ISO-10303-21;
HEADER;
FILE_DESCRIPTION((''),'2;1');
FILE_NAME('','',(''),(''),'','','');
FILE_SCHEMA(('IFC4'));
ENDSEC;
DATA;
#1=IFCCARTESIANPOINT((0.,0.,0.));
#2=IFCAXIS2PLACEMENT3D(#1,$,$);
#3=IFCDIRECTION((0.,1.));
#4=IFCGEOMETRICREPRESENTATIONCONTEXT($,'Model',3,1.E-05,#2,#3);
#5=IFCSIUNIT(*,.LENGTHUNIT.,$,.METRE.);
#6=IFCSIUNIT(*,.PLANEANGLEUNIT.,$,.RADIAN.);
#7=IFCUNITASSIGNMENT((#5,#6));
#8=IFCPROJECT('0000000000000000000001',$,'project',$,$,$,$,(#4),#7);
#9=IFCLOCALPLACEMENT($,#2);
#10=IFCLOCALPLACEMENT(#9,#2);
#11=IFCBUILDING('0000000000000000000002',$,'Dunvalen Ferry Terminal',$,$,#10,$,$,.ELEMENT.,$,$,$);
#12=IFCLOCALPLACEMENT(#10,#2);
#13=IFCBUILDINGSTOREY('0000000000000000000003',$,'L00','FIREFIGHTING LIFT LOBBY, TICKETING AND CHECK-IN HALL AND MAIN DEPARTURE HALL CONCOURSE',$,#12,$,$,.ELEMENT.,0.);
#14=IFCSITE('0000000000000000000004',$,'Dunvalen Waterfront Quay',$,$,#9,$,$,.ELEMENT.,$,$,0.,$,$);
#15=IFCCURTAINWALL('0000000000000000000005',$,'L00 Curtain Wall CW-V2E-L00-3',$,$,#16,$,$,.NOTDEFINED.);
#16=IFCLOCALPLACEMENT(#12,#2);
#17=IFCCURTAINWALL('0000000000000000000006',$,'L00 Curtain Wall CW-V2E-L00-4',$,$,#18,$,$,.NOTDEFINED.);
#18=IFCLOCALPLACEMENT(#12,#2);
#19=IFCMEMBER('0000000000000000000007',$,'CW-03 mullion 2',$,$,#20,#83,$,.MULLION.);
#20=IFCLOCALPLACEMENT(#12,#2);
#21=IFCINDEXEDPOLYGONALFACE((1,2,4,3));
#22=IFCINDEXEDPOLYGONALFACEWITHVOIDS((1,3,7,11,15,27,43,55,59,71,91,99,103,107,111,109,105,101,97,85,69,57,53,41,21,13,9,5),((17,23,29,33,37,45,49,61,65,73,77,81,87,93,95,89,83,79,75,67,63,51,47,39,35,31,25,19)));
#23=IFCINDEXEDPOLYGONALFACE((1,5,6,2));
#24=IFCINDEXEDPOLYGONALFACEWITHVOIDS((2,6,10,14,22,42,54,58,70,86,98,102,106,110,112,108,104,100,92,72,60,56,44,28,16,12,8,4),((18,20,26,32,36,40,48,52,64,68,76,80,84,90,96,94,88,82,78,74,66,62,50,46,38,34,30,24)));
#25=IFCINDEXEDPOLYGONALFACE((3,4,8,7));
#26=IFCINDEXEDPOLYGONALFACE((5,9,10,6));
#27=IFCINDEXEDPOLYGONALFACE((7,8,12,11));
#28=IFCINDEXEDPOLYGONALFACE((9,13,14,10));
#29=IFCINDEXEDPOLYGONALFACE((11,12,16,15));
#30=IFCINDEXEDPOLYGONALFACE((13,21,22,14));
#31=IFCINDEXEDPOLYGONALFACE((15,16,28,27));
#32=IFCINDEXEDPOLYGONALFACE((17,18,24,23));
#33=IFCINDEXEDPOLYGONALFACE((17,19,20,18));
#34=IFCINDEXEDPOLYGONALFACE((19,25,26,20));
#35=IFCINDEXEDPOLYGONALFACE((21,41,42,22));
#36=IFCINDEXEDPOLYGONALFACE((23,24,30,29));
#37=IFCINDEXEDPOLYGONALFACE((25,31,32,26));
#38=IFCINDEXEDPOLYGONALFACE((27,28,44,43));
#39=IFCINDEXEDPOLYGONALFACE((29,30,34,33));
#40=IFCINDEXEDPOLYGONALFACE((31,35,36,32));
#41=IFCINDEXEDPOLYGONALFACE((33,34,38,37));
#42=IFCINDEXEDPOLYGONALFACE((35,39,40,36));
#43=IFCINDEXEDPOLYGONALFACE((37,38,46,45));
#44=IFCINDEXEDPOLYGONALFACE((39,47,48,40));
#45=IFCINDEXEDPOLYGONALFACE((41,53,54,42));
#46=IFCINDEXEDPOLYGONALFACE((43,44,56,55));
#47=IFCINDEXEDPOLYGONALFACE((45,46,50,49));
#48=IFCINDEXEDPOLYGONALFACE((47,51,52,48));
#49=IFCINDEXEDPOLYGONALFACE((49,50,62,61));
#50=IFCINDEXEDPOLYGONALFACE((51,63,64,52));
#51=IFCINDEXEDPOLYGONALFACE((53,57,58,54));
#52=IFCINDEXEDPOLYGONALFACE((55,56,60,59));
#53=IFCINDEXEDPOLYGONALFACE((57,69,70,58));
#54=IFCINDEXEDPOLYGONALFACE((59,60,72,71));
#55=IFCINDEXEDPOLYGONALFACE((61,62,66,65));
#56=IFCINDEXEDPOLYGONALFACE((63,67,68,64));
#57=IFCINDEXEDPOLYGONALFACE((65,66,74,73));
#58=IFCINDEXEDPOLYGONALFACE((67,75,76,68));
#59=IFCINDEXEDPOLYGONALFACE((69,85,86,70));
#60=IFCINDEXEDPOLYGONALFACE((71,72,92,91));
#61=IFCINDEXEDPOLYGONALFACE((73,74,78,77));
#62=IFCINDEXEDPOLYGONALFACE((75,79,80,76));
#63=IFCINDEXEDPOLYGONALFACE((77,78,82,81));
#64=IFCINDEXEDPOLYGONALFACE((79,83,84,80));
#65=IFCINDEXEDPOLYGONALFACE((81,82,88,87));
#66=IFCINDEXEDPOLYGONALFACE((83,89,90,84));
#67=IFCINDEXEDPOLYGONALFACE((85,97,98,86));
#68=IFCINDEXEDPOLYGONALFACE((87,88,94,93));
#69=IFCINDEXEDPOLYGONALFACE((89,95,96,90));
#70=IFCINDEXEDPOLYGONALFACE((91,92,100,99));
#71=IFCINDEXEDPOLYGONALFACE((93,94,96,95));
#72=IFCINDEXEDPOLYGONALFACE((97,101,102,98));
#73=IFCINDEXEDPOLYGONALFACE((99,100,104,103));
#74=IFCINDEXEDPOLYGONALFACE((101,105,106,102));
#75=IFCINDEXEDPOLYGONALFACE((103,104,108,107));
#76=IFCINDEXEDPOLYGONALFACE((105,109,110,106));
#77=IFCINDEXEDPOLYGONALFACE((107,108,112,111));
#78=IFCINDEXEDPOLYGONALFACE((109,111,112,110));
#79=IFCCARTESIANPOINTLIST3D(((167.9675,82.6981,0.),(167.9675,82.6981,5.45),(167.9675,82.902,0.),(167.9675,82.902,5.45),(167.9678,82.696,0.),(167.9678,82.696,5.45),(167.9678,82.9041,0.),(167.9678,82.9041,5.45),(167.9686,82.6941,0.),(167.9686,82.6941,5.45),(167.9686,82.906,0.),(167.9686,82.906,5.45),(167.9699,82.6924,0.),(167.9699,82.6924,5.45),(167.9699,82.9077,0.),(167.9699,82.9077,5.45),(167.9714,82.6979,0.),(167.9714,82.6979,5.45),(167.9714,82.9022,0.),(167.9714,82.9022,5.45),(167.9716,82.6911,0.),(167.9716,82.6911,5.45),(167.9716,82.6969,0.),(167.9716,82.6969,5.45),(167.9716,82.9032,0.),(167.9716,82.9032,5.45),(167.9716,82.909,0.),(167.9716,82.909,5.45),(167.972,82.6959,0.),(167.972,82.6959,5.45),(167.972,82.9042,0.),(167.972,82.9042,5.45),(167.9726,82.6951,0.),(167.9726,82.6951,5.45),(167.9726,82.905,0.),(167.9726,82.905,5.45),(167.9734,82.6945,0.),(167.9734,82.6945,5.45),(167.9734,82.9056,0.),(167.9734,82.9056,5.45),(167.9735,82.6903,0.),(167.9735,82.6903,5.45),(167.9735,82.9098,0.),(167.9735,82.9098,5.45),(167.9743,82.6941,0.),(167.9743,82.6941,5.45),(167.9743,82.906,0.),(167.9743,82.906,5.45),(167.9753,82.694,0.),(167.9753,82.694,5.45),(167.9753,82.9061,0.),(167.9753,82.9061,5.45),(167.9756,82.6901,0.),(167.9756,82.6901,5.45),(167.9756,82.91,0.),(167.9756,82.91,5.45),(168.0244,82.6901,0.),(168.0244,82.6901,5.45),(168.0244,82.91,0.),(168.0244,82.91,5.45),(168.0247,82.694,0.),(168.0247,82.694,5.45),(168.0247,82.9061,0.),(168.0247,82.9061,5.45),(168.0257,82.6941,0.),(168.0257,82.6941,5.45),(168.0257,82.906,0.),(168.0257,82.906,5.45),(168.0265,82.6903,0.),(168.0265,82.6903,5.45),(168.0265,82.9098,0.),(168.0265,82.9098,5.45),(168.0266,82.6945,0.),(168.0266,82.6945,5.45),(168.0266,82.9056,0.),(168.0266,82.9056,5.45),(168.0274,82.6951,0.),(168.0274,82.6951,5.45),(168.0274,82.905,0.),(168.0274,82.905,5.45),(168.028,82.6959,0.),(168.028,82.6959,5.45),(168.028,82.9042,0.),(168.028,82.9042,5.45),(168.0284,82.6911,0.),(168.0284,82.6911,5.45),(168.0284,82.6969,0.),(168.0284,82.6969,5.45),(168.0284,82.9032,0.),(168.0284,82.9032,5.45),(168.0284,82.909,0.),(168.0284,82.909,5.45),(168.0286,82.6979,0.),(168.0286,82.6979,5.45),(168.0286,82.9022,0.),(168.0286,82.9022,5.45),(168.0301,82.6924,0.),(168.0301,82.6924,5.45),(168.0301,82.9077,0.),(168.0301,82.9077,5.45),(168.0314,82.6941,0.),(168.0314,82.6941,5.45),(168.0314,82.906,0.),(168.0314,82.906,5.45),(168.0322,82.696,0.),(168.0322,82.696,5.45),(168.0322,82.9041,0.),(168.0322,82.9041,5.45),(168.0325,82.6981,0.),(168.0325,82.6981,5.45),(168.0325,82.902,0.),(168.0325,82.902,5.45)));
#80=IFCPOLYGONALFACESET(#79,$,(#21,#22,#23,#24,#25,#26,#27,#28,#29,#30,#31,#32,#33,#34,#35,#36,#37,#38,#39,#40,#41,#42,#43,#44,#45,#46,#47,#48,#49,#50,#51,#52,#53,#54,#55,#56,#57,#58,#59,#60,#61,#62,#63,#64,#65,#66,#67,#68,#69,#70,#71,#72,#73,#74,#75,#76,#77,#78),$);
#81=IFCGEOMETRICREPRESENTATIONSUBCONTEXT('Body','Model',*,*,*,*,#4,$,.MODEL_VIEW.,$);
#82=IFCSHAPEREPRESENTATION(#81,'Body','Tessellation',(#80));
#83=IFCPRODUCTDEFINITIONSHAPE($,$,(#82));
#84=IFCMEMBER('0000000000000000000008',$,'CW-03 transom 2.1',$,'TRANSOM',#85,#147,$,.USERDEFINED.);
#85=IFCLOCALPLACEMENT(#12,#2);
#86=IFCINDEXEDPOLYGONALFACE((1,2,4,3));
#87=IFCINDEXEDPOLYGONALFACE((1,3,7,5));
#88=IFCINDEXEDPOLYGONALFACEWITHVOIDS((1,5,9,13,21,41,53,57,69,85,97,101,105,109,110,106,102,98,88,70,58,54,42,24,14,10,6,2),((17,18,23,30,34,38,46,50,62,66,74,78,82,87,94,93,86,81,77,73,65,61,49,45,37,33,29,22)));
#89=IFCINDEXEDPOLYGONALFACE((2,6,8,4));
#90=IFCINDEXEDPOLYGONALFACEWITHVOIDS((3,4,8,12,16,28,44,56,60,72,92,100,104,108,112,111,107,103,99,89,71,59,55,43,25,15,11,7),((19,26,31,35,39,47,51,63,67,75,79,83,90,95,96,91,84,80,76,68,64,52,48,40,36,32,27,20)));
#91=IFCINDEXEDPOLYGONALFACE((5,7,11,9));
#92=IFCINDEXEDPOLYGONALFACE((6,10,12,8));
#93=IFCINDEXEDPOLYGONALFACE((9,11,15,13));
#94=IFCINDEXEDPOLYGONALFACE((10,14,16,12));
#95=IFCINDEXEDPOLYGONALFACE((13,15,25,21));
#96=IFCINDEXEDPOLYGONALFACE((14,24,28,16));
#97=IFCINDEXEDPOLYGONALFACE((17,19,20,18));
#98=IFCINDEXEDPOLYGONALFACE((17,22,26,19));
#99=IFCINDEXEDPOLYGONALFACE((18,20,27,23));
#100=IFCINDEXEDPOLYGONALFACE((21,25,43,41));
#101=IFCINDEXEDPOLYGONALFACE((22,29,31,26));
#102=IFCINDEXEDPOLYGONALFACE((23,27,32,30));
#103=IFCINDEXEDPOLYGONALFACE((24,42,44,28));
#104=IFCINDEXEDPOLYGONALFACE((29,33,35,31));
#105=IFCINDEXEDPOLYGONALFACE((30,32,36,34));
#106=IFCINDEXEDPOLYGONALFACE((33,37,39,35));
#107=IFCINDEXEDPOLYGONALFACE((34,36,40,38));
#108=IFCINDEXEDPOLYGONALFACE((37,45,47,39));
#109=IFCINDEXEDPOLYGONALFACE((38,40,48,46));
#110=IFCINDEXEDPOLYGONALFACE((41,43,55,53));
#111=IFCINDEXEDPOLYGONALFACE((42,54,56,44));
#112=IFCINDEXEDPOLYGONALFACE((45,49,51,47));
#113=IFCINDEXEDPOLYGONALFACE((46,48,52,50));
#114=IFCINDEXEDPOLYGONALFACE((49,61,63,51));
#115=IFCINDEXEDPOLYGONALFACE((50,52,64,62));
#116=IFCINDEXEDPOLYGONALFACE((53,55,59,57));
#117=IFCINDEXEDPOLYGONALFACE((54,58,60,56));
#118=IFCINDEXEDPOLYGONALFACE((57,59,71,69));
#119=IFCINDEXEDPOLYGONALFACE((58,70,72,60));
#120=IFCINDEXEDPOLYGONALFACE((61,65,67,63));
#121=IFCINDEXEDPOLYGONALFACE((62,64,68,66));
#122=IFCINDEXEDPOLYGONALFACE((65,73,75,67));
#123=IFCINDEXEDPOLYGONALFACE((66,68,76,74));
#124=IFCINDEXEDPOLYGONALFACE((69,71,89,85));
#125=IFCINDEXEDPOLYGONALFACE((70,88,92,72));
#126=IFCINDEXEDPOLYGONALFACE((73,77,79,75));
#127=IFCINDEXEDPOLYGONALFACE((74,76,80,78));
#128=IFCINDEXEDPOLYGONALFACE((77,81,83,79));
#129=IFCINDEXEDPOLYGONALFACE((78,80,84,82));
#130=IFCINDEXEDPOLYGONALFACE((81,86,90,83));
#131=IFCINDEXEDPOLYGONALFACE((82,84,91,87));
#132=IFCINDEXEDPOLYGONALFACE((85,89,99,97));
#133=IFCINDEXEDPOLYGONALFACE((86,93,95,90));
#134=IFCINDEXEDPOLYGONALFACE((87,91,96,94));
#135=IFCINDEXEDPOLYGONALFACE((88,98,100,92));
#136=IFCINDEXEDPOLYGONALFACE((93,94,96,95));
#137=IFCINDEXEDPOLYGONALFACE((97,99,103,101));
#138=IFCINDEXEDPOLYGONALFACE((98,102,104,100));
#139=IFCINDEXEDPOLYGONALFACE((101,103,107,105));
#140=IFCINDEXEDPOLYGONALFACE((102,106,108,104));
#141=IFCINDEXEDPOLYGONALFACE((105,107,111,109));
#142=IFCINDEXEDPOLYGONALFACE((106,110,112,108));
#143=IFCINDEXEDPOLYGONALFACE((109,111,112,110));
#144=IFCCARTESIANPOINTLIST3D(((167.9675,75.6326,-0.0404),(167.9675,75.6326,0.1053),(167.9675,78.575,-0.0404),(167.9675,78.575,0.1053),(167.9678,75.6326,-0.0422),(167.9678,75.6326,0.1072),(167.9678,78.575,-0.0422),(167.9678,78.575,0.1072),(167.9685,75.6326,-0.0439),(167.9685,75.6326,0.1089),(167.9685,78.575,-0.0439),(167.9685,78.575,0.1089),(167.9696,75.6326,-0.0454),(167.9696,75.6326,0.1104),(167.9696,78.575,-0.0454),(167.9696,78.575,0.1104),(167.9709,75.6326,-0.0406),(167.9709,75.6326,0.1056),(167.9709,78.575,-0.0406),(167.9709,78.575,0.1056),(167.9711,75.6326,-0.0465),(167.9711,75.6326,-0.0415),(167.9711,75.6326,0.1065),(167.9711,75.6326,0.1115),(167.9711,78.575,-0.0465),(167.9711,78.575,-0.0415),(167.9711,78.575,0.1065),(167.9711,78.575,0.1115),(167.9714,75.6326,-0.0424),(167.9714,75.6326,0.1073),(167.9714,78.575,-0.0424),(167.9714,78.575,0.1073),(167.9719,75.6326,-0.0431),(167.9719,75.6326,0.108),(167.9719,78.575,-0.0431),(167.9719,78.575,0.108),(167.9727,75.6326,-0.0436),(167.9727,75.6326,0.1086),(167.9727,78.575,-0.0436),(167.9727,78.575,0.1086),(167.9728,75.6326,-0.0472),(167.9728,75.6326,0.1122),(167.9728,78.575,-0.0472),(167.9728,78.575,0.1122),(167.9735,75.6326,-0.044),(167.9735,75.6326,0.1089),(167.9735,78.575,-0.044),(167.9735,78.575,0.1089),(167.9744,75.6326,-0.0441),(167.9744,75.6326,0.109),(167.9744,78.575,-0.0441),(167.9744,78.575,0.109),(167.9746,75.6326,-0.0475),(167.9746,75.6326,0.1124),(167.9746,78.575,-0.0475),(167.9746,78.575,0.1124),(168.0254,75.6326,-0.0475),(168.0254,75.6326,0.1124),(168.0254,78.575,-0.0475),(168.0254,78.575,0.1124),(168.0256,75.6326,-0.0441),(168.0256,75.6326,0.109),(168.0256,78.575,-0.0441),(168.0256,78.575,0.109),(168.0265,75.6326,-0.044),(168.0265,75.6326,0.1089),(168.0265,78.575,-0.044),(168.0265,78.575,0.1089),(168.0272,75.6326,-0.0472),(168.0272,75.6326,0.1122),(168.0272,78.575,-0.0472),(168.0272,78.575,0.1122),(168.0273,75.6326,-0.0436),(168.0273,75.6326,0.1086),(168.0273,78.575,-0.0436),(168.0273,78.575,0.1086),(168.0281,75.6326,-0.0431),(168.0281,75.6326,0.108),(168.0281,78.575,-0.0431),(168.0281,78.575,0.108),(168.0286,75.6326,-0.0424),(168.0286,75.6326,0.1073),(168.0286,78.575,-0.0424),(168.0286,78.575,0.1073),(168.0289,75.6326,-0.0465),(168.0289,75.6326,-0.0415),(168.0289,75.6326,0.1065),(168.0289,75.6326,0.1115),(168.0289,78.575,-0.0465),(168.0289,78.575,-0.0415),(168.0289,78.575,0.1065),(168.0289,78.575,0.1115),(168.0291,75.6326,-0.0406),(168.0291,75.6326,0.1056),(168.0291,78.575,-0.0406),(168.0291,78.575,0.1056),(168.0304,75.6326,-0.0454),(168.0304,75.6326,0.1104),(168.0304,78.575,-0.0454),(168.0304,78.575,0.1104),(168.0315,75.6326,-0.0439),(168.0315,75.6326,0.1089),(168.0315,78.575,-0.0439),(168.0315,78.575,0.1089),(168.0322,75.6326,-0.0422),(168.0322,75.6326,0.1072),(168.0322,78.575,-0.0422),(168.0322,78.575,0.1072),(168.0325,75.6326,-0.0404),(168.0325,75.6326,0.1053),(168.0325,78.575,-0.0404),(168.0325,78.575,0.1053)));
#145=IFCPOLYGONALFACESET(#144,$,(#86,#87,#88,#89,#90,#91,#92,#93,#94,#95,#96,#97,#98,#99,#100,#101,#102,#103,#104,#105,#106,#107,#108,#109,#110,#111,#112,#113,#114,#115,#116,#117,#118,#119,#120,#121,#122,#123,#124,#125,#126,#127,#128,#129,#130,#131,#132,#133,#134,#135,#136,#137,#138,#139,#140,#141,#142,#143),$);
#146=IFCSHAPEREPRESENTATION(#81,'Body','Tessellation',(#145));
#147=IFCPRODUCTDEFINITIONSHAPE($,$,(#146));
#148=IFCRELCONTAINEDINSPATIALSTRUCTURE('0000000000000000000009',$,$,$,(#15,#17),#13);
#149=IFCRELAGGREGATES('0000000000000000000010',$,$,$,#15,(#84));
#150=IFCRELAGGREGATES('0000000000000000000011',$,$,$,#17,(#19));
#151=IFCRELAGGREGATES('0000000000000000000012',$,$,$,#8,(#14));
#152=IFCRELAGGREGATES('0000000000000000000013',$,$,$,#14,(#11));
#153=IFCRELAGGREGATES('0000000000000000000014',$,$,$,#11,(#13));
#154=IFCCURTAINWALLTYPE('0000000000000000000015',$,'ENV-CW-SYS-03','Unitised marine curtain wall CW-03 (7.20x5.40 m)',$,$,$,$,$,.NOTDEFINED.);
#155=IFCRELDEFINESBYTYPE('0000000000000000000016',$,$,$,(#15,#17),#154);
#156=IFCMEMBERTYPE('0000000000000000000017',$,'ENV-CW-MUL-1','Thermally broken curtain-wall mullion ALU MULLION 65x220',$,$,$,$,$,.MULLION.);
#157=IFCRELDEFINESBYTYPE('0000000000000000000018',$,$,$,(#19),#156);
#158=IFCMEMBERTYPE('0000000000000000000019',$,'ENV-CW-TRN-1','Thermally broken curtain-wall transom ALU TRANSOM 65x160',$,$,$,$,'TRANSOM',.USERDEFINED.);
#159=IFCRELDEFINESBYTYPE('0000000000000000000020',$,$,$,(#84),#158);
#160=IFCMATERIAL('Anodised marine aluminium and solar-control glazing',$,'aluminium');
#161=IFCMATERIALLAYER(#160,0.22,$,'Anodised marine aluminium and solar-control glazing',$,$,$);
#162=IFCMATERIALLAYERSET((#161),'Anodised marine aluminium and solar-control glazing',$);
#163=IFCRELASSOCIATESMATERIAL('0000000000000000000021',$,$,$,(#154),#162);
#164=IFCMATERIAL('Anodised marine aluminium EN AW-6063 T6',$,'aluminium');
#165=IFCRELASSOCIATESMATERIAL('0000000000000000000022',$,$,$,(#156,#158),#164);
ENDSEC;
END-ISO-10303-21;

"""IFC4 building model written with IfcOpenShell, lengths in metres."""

from ifc_helpers import new_model, si_unit, direction, frame, origin, origin_2d, place, context, subcontext, project, spatial, hollow_rectangle, extrude, material, layer, layer_set, material_profile, profile_set, type_object, element, aggregate, save


model = new_model("IFC4")

# Units and contexts
model_context = context("Model", 3, precision=1e-05, world=origin(), true_north=direction((0.0, 1.0)))
body_context = subcontext(model_context, "Body", "Model", "MODEL_VIEW")
ifc_project = project(units=[si_unit("LENGTHUNIT", "METRE"), si_unit("PLANEANGLEUNIT", "RADIAN")], contexts=[model_context])

# Site, building, storey
site_placement = place(None, origin())
site = spatial("IfcSite", under=ifc_project, at=site_placement, Name="Dunvalen Waterfront Quay", CompositionType="ELEMENT", RefElevation=0.0)
building_placement = place(site_placement, origin())
building = spatial("IfcBuilding", under=site, at=building_placement, Name="Dunvalen Ferry Terminal", CompositionType="ELEMENT")
storey_placement = place(building_placement, origin())
storey = spatial("IfcBuildingStorey", under=building, at=storey_placement, Name="L00", Description="FIREFIGHTING LIFT LOBBY, TICKETING AND CHECK-IN HALL AND MAIN DEPARTURE HALL CONCOURSE", CompositionType="ELEMENT", Elevation=0.0)

# Curtain walls, member
ifc_material_1 = material(Name="Anodised marine aluminium and solar-control glazing", Category="aluminium")
ifc_layer_1 = layer(ifc_material_1, 0.22, Name="Anodised marine aluminium and solar-control glazing")
ifc_layer_set_1 = layer_set([ifc_layer_1], Name="Anodised marine aluminium and solar-control glazing")
curtain_wall_type = type_object("IfcCurtainWallType", Name="ENV-CW-SYS-03", Description="Unitised marine curtain wall CW-03 (7.20x5.40 m)", PredefinedType="NOTDEFINED", material=ifc_layer_set_1)
curtain_wall_1_placement = place(storey_placement, origin())
curtain_wall_1 = element("IfcCurtainWall", 1, at=curtain_wall_1_placement, inside=storey, type_object=curtain_wall_type, Name="L00 Curtain Wall CW-V2E-L00-3", PredefinedType="NOTDEFINED")
ifc_material_2 = material(Name="Anodised marine aluminium EN AW-6063 T6", Category="aluminium")
ifc_material_profile_1 = material_profile(ifc_material_2, hollow_rectangle(XDim=0.0649, YDim=0.22, WallThickness=0.0039, InnerFilletRadius=0.0039, OuterFilletRadius=0.0081, at=origin_2d()), Name="Anodised marine aluminium EN AW-6063 T6")
ifc_profile_set_1 = profile_set([ifc_material_profile_1], Name="Anodised marine aluminium EN AW-6063 T6")
member_type_1 = type_object("IfcMemberType", Name="ENV-CW-MUL-1", Description="Thermally broken curtain-wall mullion ALU MULLION 65x220", PredefinedType="MULLION", material=ifc_profile_set_1)
curtain_wall_2_placement = place(storey_placement, origin())
curtain_wall_2 = element("IfcCurtainWall", 2, at=curtain_wall_2_placement, inside=storey, type_object=curtain_wall_type, Name="L00 Curtain Wall CW-V2E-L00-4", PredefinedType="NOTDEFINED")
member_1_placement = place(storey_placement, frame((168.0, 82.8, 0.0), z_axis=(0.0, 0.0, 1.0), x_axis=(-1.0, 0.0, 0.0)))
member_1 = element("IfcMember", 3, at=member_1_placement, type_object=member_type_1, Name="CW-03 mullion 2", PredefinedType="MULLION", context=body_context, shape_type="SweptSolid", body=[
    extrude(hollow_rectangle(XDim=0.0649, YDim=0.22, WallThickness=0.0039, InnerFilletRadius=0.0039, OuterFilletRadius=0.0081, at=origin_2d()), origin(), (0.0, 0.0, 1.0), 5.45),
])

# Member
ifc_material_profile_2 = material_profile(ifc_material_2, hollow_rectangle(XDim=0.0649, YDim=0.1599, WallThickness=0.0034, InnerFilletRadius=0.0034, OuterFilletRadius=0.0071, at=origin_2d()), Name="Anodised marine aluminium EN AW-6063 T6")
ifc_profile_set_2 = profile_set([ifc_material_profile_2], Name="Anodised marine aluminium EN AW-6063 T6")
member_type_2 = type_object("IfcMemberType", Name="ENV-CW-TRN-1", Description="Thermally broken curtain-wall transom ALU TRANSOM 65x160", ElementType="TRANSOM", PredefinedType="USERDEFINED", material=ifc_profile_set_2)
member_2_placement = place(storey_placement, frame((168.0, 75.6326, 0.0325), z_axis=(0.0, 1.0, 0.0), x_axis=(-1.0, 0.0, 0.0)))
member_2 = element("IfcMember", 4, at=member_2_placement, type_object=member_type_2, Name="CW-03 transom 2.1", ObjectType="TRANSOM", PredefinedType="USERDEFINED", context=body_context, shape_type="SweptSolid", body=[
    extrude(hollow_rectangle(XDim=0.0649, YDim=0.1599, WallThickness=0.0034, InnerFilletRadius=0.0034, OuterFilletRadius=0.0071, at=origin_2d()), origin(), (0.0, 0.0, 1.0), 2.9424),
])

aggregate(curtain_wall_1, [member_2])
aggregate(curtain_wall_2, [member_1])

save(model, "model.ifc")
